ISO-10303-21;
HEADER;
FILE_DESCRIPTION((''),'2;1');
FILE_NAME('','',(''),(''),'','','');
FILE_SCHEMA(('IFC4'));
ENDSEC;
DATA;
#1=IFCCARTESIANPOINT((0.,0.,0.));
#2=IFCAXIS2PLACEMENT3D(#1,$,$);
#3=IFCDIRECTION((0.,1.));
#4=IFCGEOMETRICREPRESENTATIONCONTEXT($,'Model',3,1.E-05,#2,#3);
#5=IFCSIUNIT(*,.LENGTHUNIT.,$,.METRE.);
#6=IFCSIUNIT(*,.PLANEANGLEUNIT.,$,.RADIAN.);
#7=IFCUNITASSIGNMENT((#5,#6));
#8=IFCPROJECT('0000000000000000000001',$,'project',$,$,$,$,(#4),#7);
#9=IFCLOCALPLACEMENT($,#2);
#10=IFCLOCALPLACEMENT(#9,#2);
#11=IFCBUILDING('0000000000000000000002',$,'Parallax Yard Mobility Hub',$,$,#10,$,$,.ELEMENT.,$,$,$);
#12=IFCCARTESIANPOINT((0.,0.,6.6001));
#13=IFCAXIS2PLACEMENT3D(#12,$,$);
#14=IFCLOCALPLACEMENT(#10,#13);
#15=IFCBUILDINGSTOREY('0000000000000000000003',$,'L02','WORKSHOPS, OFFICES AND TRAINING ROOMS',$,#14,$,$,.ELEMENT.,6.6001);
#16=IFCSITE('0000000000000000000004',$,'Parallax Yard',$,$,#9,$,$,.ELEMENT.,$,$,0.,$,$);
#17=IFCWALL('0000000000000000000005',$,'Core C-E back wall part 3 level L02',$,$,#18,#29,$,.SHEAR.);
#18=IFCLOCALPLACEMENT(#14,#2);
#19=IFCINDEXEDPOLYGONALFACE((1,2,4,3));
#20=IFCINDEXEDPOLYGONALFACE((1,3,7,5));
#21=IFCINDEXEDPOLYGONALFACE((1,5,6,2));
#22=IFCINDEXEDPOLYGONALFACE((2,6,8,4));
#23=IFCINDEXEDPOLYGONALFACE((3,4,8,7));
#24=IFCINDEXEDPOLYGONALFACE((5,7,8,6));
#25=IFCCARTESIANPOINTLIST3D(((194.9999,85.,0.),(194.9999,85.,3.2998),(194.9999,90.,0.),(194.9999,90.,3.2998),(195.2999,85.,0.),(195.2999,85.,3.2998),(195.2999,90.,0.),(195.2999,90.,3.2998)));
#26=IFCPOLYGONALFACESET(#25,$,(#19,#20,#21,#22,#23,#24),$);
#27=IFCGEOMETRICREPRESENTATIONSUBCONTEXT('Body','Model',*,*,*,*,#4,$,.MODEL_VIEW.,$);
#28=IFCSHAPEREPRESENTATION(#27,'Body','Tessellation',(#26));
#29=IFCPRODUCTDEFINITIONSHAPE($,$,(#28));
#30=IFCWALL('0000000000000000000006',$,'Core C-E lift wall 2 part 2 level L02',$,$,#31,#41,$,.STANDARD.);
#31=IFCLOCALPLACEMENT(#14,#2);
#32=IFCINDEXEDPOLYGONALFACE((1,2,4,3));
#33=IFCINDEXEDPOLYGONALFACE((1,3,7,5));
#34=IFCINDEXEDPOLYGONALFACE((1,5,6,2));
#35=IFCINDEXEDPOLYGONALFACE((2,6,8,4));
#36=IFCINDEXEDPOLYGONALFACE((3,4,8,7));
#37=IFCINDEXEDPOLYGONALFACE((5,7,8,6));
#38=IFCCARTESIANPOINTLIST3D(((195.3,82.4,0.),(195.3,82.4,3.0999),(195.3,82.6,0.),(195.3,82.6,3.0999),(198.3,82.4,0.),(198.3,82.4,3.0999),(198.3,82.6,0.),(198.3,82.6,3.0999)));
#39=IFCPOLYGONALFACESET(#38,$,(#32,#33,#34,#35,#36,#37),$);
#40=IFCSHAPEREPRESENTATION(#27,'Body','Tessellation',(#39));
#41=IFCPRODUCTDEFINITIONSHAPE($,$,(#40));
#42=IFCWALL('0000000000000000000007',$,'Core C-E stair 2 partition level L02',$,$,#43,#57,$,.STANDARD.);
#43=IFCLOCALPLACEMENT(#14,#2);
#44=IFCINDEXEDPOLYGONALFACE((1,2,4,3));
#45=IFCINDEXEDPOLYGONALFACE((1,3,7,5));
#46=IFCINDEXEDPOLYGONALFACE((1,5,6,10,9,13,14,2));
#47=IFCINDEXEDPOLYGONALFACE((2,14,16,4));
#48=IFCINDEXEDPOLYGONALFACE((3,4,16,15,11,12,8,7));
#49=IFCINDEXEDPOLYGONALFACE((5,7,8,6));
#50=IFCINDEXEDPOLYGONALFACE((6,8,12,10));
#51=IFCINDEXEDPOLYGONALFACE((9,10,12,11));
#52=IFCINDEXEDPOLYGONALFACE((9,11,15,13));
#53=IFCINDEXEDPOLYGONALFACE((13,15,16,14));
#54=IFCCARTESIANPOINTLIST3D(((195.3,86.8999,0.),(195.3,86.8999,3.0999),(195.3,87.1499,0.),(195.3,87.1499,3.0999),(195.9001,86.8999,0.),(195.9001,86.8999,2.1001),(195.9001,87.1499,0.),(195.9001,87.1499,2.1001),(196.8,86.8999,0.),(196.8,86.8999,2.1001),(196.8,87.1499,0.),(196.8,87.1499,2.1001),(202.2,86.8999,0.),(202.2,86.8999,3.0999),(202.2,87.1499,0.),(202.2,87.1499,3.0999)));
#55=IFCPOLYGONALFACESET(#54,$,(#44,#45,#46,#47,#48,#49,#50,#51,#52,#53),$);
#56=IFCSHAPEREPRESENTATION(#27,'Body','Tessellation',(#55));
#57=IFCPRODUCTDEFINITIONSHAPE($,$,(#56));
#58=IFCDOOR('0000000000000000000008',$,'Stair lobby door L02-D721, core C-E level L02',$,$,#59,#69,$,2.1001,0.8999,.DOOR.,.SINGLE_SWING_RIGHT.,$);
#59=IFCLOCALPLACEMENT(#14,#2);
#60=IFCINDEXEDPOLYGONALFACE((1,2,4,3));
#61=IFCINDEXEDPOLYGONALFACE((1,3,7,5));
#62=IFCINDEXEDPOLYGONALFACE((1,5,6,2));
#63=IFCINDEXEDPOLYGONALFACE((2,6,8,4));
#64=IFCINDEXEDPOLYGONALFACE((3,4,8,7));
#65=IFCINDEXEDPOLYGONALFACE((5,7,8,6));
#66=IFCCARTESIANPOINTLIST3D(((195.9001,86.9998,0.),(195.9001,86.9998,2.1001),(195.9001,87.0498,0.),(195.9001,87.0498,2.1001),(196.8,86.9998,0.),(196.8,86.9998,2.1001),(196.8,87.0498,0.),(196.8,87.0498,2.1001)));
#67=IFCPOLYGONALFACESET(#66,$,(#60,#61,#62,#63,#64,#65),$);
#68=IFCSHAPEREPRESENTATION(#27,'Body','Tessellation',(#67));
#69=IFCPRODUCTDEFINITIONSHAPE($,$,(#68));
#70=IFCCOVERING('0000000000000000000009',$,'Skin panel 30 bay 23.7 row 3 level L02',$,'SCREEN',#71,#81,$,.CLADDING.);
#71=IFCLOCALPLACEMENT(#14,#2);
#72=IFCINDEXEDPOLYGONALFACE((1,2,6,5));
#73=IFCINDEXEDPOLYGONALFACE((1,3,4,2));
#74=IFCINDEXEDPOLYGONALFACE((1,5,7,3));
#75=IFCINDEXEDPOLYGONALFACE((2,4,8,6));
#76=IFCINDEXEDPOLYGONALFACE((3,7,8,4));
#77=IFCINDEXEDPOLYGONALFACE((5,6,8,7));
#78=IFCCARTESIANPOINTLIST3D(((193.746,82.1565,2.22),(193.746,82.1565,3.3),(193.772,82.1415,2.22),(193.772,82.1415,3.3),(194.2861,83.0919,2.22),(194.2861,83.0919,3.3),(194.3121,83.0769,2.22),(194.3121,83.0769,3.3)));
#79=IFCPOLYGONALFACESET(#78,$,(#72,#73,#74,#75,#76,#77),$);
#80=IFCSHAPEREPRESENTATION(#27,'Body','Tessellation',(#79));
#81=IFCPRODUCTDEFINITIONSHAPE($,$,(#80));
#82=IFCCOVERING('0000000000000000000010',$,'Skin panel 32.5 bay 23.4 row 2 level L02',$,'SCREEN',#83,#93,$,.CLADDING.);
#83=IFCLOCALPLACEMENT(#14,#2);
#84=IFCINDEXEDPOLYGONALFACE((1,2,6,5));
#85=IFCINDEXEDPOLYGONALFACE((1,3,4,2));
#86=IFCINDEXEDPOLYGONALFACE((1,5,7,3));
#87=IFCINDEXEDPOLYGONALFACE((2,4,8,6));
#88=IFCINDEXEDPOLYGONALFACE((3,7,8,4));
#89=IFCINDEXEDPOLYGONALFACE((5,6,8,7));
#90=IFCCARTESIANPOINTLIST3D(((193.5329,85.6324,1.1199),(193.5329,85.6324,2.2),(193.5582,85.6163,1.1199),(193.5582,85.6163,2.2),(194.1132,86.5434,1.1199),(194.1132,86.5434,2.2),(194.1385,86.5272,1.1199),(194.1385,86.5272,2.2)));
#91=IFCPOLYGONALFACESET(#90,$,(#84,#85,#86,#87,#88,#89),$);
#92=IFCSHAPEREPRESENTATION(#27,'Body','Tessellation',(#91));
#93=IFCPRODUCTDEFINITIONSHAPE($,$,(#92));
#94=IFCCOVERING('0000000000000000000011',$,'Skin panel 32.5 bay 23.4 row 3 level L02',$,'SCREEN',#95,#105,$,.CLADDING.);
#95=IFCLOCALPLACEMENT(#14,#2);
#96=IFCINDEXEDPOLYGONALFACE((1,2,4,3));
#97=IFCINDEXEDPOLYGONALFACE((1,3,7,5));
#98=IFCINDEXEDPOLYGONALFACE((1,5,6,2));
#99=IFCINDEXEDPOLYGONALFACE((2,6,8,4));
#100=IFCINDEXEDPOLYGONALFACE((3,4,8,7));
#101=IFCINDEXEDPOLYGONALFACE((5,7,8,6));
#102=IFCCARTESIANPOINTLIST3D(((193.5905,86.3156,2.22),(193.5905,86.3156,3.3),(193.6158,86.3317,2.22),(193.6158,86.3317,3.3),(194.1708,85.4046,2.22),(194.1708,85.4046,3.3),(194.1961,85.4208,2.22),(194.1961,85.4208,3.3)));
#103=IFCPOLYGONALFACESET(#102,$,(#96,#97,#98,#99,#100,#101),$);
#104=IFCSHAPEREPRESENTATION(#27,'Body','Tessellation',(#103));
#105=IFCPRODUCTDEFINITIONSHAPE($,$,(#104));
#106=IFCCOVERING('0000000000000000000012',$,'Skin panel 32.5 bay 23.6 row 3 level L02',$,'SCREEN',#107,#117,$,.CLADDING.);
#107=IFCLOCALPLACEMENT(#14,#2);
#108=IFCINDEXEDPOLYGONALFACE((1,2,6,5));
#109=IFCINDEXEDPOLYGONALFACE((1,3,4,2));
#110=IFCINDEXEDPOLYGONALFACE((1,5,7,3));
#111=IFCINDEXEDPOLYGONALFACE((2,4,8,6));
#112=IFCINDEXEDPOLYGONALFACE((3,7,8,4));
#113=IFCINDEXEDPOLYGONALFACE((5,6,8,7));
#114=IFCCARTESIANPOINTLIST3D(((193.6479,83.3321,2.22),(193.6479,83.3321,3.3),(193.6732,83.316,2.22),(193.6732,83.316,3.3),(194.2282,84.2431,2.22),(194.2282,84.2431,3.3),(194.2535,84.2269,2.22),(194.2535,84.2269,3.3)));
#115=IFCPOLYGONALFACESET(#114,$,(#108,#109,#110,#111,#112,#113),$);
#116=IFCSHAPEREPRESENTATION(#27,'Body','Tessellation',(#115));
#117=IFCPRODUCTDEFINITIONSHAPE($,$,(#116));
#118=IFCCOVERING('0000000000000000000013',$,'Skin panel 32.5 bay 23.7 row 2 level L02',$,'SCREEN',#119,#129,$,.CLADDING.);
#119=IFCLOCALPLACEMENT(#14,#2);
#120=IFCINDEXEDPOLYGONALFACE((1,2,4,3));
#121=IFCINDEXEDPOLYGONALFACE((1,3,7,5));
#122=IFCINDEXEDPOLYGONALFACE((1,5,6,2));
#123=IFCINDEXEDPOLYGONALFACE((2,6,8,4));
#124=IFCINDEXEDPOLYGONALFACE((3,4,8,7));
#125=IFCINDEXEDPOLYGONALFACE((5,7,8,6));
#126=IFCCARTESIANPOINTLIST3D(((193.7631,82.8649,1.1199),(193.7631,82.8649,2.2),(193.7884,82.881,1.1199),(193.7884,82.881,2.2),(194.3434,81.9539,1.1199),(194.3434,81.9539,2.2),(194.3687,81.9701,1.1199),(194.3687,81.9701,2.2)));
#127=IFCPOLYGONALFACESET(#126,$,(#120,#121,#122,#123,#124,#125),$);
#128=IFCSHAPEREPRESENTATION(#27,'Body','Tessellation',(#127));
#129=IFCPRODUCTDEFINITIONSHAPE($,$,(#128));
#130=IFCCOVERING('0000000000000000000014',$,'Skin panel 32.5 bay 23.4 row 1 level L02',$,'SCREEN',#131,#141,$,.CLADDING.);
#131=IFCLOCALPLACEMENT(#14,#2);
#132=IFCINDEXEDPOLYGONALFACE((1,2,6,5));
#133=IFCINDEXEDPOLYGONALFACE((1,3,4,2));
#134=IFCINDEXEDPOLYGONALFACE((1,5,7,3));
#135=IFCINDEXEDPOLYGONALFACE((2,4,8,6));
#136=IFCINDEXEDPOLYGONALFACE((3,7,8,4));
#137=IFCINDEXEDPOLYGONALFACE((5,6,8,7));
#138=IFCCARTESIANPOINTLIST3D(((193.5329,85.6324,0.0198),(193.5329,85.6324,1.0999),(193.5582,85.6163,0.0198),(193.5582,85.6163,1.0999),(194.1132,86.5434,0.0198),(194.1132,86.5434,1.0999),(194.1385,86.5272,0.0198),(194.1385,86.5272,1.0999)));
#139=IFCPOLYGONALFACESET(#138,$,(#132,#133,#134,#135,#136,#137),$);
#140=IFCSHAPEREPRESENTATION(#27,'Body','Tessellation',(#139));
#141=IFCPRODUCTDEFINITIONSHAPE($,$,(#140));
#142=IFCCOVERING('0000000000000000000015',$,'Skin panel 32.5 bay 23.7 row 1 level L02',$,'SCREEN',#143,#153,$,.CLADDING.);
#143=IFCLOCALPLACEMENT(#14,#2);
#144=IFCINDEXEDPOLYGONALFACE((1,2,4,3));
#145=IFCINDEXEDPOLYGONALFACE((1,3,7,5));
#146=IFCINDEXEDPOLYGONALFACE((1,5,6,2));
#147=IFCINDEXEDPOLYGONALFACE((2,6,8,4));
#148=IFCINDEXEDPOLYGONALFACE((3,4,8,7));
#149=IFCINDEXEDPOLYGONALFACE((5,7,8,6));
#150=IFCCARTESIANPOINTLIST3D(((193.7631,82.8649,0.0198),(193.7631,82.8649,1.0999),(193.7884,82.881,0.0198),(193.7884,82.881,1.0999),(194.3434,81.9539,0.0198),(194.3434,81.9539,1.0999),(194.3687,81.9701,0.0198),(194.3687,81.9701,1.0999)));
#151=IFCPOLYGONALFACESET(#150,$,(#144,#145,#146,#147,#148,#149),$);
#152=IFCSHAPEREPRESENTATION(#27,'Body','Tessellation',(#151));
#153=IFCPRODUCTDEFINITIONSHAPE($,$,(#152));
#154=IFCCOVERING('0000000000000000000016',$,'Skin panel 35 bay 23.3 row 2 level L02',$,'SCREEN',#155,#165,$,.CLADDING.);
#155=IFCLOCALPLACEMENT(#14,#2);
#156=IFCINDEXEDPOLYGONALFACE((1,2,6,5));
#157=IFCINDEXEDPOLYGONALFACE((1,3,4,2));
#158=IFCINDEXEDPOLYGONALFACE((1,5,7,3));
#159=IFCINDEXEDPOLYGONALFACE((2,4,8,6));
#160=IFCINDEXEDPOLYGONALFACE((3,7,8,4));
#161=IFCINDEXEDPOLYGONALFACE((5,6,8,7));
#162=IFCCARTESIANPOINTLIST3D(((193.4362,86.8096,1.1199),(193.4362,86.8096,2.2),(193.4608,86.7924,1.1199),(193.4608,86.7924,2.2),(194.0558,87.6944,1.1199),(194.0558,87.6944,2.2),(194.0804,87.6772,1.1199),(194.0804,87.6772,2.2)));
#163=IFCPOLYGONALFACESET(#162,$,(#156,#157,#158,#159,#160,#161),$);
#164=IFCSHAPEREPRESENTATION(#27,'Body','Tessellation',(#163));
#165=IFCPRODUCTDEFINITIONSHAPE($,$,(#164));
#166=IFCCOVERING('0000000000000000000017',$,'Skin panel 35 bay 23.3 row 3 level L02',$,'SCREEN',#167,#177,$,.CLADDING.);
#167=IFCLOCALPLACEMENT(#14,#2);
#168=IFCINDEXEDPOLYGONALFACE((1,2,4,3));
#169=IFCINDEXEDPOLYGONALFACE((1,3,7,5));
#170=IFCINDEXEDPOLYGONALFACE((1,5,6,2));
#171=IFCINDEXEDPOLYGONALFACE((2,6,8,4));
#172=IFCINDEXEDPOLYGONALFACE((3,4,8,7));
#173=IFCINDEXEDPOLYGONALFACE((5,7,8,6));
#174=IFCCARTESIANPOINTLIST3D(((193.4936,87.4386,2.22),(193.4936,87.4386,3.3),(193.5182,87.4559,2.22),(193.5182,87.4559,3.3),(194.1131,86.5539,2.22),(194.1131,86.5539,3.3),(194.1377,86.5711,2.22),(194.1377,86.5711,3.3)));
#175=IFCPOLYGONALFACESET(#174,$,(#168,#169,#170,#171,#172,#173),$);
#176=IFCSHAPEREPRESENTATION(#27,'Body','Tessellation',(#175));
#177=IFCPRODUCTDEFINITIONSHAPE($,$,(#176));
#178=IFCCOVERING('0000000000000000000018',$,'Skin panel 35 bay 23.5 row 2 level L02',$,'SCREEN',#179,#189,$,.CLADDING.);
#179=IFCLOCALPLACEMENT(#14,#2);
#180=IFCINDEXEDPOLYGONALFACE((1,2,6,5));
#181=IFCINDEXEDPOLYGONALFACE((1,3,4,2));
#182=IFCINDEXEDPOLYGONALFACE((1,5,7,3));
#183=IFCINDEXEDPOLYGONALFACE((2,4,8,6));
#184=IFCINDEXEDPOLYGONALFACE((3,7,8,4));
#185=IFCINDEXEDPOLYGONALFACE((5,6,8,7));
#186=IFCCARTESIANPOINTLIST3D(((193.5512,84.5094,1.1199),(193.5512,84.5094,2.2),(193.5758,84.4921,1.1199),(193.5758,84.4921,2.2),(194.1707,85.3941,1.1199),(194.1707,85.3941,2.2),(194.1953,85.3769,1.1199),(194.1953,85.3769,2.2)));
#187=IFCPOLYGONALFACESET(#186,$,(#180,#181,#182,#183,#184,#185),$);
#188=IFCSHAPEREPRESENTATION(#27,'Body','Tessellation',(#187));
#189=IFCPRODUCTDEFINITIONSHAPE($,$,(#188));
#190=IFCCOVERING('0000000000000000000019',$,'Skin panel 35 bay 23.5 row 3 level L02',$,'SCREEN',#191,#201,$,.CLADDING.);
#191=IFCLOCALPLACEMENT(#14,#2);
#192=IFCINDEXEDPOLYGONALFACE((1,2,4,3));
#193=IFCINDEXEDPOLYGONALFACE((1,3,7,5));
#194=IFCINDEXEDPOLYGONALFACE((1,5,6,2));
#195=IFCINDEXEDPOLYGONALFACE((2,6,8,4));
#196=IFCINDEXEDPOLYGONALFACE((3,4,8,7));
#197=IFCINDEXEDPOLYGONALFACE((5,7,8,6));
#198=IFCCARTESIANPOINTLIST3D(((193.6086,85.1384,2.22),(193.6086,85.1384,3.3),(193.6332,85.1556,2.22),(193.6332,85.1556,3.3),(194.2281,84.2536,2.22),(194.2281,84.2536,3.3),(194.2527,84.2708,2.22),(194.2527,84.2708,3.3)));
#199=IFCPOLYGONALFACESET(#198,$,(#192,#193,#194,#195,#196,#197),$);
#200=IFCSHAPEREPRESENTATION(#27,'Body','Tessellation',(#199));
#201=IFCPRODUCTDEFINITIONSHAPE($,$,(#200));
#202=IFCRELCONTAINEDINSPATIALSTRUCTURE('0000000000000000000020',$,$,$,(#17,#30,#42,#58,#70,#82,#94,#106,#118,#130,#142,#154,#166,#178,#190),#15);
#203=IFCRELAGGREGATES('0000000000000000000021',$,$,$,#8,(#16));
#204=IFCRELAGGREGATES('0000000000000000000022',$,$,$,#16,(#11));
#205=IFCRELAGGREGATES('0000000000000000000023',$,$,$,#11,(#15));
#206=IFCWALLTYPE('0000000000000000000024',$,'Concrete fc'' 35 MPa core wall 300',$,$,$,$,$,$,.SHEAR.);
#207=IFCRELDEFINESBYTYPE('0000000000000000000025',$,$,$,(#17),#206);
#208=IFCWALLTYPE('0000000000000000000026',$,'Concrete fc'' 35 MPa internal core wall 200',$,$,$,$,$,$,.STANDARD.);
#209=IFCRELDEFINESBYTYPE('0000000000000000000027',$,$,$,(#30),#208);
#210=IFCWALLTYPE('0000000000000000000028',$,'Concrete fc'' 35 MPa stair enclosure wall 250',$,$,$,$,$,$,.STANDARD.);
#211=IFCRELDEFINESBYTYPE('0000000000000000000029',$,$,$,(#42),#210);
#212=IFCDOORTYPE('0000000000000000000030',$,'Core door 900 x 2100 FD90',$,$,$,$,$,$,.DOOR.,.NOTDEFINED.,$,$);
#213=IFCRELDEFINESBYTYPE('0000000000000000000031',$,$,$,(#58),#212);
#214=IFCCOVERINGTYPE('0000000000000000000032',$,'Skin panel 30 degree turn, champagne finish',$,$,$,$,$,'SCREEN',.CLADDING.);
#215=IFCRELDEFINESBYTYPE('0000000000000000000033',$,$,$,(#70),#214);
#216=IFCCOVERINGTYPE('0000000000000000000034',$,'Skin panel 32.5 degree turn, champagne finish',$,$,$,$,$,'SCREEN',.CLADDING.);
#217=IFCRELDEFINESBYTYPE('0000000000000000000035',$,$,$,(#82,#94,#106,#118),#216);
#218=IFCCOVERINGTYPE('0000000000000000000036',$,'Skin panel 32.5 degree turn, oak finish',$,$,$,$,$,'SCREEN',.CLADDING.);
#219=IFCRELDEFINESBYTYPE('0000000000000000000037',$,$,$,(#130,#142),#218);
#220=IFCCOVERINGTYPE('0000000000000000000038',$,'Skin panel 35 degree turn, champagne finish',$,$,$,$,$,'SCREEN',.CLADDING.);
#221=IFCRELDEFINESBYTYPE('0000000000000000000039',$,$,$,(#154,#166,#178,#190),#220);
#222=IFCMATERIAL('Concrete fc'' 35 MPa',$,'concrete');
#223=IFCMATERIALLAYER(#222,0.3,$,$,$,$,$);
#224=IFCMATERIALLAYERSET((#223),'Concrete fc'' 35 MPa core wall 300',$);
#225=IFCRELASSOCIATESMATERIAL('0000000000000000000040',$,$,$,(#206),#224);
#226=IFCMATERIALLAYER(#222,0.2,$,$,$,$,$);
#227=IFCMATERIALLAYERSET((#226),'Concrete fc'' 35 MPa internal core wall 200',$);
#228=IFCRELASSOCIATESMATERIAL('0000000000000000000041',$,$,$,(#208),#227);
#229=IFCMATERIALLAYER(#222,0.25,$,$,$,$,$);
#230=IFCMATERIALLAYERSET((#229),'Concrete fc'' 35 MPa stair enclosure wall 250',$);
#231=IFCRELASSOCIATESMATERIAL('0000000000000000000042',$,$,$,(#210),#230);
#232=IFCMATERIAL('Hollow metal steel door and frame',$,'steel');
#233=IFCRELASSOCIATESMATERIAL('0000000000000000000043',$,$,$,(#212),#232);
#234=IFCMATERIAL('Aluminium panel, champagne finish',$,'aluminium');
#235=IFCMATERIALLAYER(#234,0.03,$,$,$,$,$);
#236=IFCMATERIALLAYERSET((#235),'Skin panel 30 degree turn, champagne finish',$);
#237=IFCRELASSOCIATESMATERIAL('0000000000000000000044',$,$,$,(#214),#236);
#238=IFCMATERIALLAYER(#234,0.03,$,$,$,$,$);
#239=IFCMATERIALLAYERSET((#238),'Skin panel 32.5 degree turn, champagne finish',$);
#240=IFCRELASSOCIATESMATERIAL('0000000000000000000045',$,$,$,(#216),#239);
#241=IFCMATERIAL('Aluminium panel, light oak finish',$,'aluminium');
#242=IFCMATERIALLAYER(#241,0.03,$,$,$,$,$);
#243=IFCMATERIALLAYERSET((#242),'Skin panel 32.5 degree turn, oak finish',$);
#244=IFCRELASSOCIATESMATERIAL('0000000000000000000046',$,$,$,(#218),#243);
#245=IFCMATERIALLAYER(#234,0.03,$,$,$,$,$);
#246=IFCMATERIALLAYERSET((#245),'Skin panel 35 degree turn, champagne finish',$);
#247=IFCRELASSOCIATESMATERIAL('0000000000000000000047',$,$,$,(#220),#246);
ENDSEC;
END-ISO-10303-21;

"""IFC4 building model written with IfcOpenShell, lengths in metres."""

from ifc_helpers import new_model, si_unit, direction, frame, frame_2d, origin, origin_2d, place, context, subcontext, project, spatial, rectangle, extrude, material, layer, layer_set, type_object, element, fill, save


model = new_model("IFC4")

# Units and contexts
model_context = context("Model", 3, precision=1e-05, world=origin(), true_north=direction((0.0, 1.0)))
body_context = subcontext(model_context, "Body", "Model", "MODEL_VIEW")
ifc_project = project(units=[si_unit("LENGTHUNIT", "METRE"), si_unit("PLANEANGLEUNIT", "RADIAN")], contexts=[model_context])

# Site, building, storey
site_placement = place(None, origin())
site = spatial("IfcSite", under=ifc_project, at=site_placement, Name="Parallax Yard", CompositionType="ELEMENT", RefElevation=0.0)
building_placement = place(site_placement, origin())
building = spatial("IfcBuilding", under=site, at=building_placement, Name="Parallax Yard Mobility Hub", CompositionType="ELEMENT")
storey_placement = place(building_placement, frame((0.0, 0.0, 6.6001)))
storey = spatial("IfcBuildingStorey", under=building, at=storey_placement, Name="L02", Description="WORKSHOPS, OFFICES AND TRAINING ROOMS", CompositionType="ELEMENT", Elevation=6.6001)

# Walls
ifc_material_1 = material(Name="Concrete fc' 35 MPa", Category="concrete")
ifc_layer_1 = layer(ifc_material_1, 0.3)
ifc_layer_set_1 = layer_set([ifc_layer_1], Name="Concrete fc' 35 MPa core wall 300")
wall_type_1 = type_object("IfcWallType", Name="Concrete fc' 35 MPa core wall 300", PredefinedType="SHEAR", material=ifc_layer_set_1)
wall_1_placement = place(storey_placement, frame((195.1499, 85.0, 0.0), z_axis=(0.0, 0.0, 1.0), x_axis=(0.0, 1.0, 0.0)))
element("IfcWall", 1, at=wall_1_placement, inside=storey, type_object=wall_type_1, Name="Core C-E back wall part 3 level L02", PredefinedType="SHEAR", context=body_context, shape_type="SweptSolid", body=[
    extrude(rectangle(XDim=5.0, YDim=0.3, at=frame_2d((2.5, 0.0))), origin(), (0.0, 0.0, 1.0), 3.2998),
])
ifc_layer_2 = layer(ifc_material_1, 0.2)
ifc_layer_set_2 = layer_set([ifc_layer_2], Name="Concrete fc' 35 MPa internal core wall 200")
wall_type_2 = type_object("IfcWallType", Name="Concrete fc' 35 MPa internal core wall 200", PredefinedType="STANDARD", material=ifc_layer_set_2)
wall_2_placement = place(storey_placement, frame((198.3, 82.5, 0.0), z_axis=(0.0, 0.0, 1.0), x_axis=(-1.0, 0.0, 0.0)))
element("IfcWall", 2, at=wall_2_placement, inside=storey, type_object=wall_type_2, Name="Core C-E lift wall 2 part 2 level L02", PredefinedType="STANDARD", context=body_context, shape_type="SweptSolid", body=[
    extrude(rectangle(XDim=3.0, YDim=0.2, at=frame_2d((1.5, 0.0))), origin(), (0.0, 0.0, 1.0), 3.0999),
])

# Wall, opening, door
ifc_layer_3 = layer(ifc_material_1, 0.25)
ifc_layer_set_3 = layer_set([ifc_layer_3], Name="Concrete fc' 35 MPa stair enclosure wall 250")
wall_type_3 = type_object("IfcWallType", Name="Concrete fc' 35 MPa stair enclosure wall 250", PredefinedType="STANDARD", material=ifc_layer_set_3)
wall_3_placement = place(storey_placement, frame((195.3, 87.0249, 0.0), z_axis=(0.0, 0.0, 1.0), x_axis=(1.0, 0.0, 0.0)))
wall_3 = element("IfcWall", 3, at=wall_3_placement, inside=storey, type_object=wall_type_3, Name="Core C-E stair 2 partition level L02", PredefinedType="STANDARD", context=body_context, shape_type="SweptSolid", body=[
    extrude(rectangle(XDim=6.8999, YDim=0.25, at=frame_2d((3.45, 0.0))), origin(), (0.0, 0.0, 1.0), 3.0999),
])
opening_placement = place(wall_3_placement, frame((0.6001, 0.0, 0.0)))
opening = element("IfcOpeningElement", 4, at=opening_placement, cuts=wall_3, PredefinedType="OPENING", context=body_context, shape_type="SweptSolid", body=[
    extrude(rectangle(XDim=0.8999, YDim=2.1001, at=frame_2d((0.45, 1.05))), frame((0.0, 0.135, 0.0), z_axis=(0.0, -1.0, 0.0), x_axis=(1.0, 0.0, 0.0)), (0.0, 0.0, 1.0), 0.27),
])
ifc_material_2 = material(Name="Hollow metal steel door and frame", Category="steel")
door_type = type_object("IfcDoorType", Name="Core door 900 x 2100 FD90", OperationType="NOTDEFINED", PredefinedType="DOOR", material=ifc_material_2)
door_placement = place(opening_placement, origin())
door = element("IfcDoor", 5, at=door_placement, inside=storey, type_object=door_type, Name="Stair lobby door L02-D721, core C-E level L02", OperationType="SINGLE_SWING_RIGHT", OverallHeight=2.1001, OverallWidth=0.8999, PredefinedType="DOOR", context=body_context, shape_type="SweptSolid", body=[
    extrude(rectangle(XDim=0.8999, YDim=2.1001, at=frame_2d((0.45, 1.05))), frame((0.0, 0.0249, 0.0), z_axis=(0.0, -1.0, 0.0), x_axis=(1.0, 0.0, 0.0)), (0.0, 0.0, 1.0), 0.05),
])
fill(opening, door)

# Coverings
ifc_material_3 = material(Name="Aluminium panel, champagne finish", Category="aluminium")
ifc_layer_4 = layer(ifc_material_3, 0.03)
ifc_layer_set_4 = layer_set([ifc_layer_4], Name="Skin panel 30 degree turn, champagne finish")
covering_type_1 = type_object("IfcCoveringType", Name="Skin panel 30 degree turn, champagne finish", ElementType="SCREEN", PredefinedType="CLADDING", material=ifc_layer_set_4)
covering_placement = place(storey_placement, frame((194.0291, 82.6167, 2.22), z_axis=(0.0, 0.0, 1.0), x_axis=(-0.5, -0.866025, 0.0)))
element("IfcCovering", 6, at=covering_placement, inside=storey, type_object=covering_type_1, Name="Skin panel 30 bay 23.7 row 3 level L02", ObjectType="SCREEN", PredefinedType="CLADDING", context=body_context, shape_type="SweptSolid", body=[
    extrude(rectangle(XDim=1.0801, YDim=0.03, at=origin_2d()), origin(), (0.0, 0.0, 1.0), 1.0801),
])
ifc_layer_5 = layer(ifc_material_3, 0.03)
ifc_layer_set_5 = layer_set([ifc_layer_5], Name="Skin panel 32.5 degree turn, champagne finish")
covering_type_2 = type_object("IfcCoveringType", Name="Skin panel 32.5 degree turn, champagne finish", ElementType="SCREEN", PredefinedType="CLADDING", material=ifc_layer_set_5)
for number, where, z_axis, x_axis, name in (
    (7, (193.8357, 86.0798, 1.1199), (0.0, 0.0, 1.0), (-0.5373, -0.843391, 0.0), "Skin panel 32.5 bay 23.4 row 2 level L02"),
    (8, (193.8933, 85.8682, 2.22), (0.0, 0.0, 1.0), (-0.5373, 0.843391, 0.0), "Skin panel 32.5 bay 23.4 row 3 level L02"),
    (9, (193.9507, 83.7795, 2.22), (0.0, 0.0, 1.0), (-0.5373, -0.843391, 0.0), "Skin panel 32.5 bay 23.6 row 3 level L02"),
    (10, (194.0659, 82.4175, 1.1199), (0.0, 0.0, 1.0), (-0.5373, 0.843391, 0.0), "Skin panel 32.5 bay 23.7 row 2 level L02"),
):
    element("IfcCovering", number, at=place(storey_placement, frame(where, z_axis=z_axis, x_axis=x_axis)), inside=storey, type_object=covering_type_2, Name=name, ObjectType="SCREEN", PredefinedType="CLADDING", context=body_context, shape_type="SweptSolid", body=[
        extrude(rectangle(XDim=1.0801, YDim=0.03, at=origin_2d()), origin(), (0.0, 0.0, 1.0), 1.0801),
    ])
ifc_material_4 = material(Name="Aluminium panel, light oak finish", Category="aluminium")
ifc_layer_6 = layer(ifc_material_4, 0.03)
ifc_layer_set_6 = layer_set([ifc_layer_6], Name="Skin panel 32.5 degree turn, oak finish")
covering_type_3 = type_object("IfcCoveringType", Name="Skin panel 32.5 degree turn, oak finish", ElementType="SCREEN", PredefinedType="CLADDING", material=ifc_layer_set_6)
for number, where, z_axis, x_axis, name in (
    (11, (193.8357, 86.0798, 0.0198), (0.0, 0.0, 1.0), (-0.5373, -0.843391, 0.0), "Skin panel 32.5 bay 23.4 row 1 level L02"),
    (12, (194.0659, 82.4175, 0.0198), (0.0, 0.0, 1.0), (-0.5373, 0.843391, 0.0), "Skin panel 32.5 bay 23.7 row 1 level L02"),
):
    element("IfcCovering", number, at=place(storey_placement, frame(where, z_axis=z_axis, x_axis=x_axis)), inside=storey, type_object=covering_type_3, Name=name, ObjectType="SCREEN", PredefinedType="CLADDING", context=body_context, shape_type="SweptSolid", body=[
        extrude(rectangle(XDim=1.0801, YDim=0.03, at=origin_2d()), origin(), (0.0, 0.0, 1.0), 1.0801),
    ])
ifc_layer_7 = layer(ifc_material_3, 0.03)
ifc_layer_set_7 = layer_set([ifc_layer_7], Name="Skin panel 35 degree turn, champagne finish")
covering_type_4 = type_object("IfcCoveringType", Name="Skin panel 35 degree turn, champagne finish", ElementType="SCREEN", PredefinedType="CLADDING", material=ifc_layer_set_7)
for number, where, z_axis, x_axis, name in (
    (13, (193.7583, 87.2434, 1.1199), (0.0, 0.0, 1.0), (-0.573576, -0.819152, 0.0), "Skin panel 35 bay 23.3 row 2 level L02"),
    (14, (193.8157, 87.0049, 2.22), (0.0, 0.0, 1.0), (-0.573576, 0.819152, 0.0), "Skin panel 35 bay 23.3 row 3 level L02"),
    (15, (193.8733, 84.9431, 1.1199), (0.0, 0.0, 1.0), (-0.573576, -0.819152, 0.0), "Skin panel 35 bay 23.5 row 2 level L02"),
    (16, (193.9307, 84.7046, 2.22), (0.0, 0.0, 1.0), (-0.573576, 0.819152, 0.0), "Skin panel 35 bay 23.5 row 3 level L02"),
):
    element("IfcCovering", number, at=place(storey_placement, frame(where, z_axis=z_axis, x_axis=x_axis)), inside=storey, type_object=covering_type_4, Name=name, ObjectType="SCREEN", PredefinedType="CLADDING", context=body_context, shape_type="SweptSolid", body=[
        extrude(rectangle(XDim=1.0801, YDim=0.03, at=origin_2d()), origin(), (0.0, 0.0, 1.0), 1.0801),
    ])

save(model, "model.ifc")
